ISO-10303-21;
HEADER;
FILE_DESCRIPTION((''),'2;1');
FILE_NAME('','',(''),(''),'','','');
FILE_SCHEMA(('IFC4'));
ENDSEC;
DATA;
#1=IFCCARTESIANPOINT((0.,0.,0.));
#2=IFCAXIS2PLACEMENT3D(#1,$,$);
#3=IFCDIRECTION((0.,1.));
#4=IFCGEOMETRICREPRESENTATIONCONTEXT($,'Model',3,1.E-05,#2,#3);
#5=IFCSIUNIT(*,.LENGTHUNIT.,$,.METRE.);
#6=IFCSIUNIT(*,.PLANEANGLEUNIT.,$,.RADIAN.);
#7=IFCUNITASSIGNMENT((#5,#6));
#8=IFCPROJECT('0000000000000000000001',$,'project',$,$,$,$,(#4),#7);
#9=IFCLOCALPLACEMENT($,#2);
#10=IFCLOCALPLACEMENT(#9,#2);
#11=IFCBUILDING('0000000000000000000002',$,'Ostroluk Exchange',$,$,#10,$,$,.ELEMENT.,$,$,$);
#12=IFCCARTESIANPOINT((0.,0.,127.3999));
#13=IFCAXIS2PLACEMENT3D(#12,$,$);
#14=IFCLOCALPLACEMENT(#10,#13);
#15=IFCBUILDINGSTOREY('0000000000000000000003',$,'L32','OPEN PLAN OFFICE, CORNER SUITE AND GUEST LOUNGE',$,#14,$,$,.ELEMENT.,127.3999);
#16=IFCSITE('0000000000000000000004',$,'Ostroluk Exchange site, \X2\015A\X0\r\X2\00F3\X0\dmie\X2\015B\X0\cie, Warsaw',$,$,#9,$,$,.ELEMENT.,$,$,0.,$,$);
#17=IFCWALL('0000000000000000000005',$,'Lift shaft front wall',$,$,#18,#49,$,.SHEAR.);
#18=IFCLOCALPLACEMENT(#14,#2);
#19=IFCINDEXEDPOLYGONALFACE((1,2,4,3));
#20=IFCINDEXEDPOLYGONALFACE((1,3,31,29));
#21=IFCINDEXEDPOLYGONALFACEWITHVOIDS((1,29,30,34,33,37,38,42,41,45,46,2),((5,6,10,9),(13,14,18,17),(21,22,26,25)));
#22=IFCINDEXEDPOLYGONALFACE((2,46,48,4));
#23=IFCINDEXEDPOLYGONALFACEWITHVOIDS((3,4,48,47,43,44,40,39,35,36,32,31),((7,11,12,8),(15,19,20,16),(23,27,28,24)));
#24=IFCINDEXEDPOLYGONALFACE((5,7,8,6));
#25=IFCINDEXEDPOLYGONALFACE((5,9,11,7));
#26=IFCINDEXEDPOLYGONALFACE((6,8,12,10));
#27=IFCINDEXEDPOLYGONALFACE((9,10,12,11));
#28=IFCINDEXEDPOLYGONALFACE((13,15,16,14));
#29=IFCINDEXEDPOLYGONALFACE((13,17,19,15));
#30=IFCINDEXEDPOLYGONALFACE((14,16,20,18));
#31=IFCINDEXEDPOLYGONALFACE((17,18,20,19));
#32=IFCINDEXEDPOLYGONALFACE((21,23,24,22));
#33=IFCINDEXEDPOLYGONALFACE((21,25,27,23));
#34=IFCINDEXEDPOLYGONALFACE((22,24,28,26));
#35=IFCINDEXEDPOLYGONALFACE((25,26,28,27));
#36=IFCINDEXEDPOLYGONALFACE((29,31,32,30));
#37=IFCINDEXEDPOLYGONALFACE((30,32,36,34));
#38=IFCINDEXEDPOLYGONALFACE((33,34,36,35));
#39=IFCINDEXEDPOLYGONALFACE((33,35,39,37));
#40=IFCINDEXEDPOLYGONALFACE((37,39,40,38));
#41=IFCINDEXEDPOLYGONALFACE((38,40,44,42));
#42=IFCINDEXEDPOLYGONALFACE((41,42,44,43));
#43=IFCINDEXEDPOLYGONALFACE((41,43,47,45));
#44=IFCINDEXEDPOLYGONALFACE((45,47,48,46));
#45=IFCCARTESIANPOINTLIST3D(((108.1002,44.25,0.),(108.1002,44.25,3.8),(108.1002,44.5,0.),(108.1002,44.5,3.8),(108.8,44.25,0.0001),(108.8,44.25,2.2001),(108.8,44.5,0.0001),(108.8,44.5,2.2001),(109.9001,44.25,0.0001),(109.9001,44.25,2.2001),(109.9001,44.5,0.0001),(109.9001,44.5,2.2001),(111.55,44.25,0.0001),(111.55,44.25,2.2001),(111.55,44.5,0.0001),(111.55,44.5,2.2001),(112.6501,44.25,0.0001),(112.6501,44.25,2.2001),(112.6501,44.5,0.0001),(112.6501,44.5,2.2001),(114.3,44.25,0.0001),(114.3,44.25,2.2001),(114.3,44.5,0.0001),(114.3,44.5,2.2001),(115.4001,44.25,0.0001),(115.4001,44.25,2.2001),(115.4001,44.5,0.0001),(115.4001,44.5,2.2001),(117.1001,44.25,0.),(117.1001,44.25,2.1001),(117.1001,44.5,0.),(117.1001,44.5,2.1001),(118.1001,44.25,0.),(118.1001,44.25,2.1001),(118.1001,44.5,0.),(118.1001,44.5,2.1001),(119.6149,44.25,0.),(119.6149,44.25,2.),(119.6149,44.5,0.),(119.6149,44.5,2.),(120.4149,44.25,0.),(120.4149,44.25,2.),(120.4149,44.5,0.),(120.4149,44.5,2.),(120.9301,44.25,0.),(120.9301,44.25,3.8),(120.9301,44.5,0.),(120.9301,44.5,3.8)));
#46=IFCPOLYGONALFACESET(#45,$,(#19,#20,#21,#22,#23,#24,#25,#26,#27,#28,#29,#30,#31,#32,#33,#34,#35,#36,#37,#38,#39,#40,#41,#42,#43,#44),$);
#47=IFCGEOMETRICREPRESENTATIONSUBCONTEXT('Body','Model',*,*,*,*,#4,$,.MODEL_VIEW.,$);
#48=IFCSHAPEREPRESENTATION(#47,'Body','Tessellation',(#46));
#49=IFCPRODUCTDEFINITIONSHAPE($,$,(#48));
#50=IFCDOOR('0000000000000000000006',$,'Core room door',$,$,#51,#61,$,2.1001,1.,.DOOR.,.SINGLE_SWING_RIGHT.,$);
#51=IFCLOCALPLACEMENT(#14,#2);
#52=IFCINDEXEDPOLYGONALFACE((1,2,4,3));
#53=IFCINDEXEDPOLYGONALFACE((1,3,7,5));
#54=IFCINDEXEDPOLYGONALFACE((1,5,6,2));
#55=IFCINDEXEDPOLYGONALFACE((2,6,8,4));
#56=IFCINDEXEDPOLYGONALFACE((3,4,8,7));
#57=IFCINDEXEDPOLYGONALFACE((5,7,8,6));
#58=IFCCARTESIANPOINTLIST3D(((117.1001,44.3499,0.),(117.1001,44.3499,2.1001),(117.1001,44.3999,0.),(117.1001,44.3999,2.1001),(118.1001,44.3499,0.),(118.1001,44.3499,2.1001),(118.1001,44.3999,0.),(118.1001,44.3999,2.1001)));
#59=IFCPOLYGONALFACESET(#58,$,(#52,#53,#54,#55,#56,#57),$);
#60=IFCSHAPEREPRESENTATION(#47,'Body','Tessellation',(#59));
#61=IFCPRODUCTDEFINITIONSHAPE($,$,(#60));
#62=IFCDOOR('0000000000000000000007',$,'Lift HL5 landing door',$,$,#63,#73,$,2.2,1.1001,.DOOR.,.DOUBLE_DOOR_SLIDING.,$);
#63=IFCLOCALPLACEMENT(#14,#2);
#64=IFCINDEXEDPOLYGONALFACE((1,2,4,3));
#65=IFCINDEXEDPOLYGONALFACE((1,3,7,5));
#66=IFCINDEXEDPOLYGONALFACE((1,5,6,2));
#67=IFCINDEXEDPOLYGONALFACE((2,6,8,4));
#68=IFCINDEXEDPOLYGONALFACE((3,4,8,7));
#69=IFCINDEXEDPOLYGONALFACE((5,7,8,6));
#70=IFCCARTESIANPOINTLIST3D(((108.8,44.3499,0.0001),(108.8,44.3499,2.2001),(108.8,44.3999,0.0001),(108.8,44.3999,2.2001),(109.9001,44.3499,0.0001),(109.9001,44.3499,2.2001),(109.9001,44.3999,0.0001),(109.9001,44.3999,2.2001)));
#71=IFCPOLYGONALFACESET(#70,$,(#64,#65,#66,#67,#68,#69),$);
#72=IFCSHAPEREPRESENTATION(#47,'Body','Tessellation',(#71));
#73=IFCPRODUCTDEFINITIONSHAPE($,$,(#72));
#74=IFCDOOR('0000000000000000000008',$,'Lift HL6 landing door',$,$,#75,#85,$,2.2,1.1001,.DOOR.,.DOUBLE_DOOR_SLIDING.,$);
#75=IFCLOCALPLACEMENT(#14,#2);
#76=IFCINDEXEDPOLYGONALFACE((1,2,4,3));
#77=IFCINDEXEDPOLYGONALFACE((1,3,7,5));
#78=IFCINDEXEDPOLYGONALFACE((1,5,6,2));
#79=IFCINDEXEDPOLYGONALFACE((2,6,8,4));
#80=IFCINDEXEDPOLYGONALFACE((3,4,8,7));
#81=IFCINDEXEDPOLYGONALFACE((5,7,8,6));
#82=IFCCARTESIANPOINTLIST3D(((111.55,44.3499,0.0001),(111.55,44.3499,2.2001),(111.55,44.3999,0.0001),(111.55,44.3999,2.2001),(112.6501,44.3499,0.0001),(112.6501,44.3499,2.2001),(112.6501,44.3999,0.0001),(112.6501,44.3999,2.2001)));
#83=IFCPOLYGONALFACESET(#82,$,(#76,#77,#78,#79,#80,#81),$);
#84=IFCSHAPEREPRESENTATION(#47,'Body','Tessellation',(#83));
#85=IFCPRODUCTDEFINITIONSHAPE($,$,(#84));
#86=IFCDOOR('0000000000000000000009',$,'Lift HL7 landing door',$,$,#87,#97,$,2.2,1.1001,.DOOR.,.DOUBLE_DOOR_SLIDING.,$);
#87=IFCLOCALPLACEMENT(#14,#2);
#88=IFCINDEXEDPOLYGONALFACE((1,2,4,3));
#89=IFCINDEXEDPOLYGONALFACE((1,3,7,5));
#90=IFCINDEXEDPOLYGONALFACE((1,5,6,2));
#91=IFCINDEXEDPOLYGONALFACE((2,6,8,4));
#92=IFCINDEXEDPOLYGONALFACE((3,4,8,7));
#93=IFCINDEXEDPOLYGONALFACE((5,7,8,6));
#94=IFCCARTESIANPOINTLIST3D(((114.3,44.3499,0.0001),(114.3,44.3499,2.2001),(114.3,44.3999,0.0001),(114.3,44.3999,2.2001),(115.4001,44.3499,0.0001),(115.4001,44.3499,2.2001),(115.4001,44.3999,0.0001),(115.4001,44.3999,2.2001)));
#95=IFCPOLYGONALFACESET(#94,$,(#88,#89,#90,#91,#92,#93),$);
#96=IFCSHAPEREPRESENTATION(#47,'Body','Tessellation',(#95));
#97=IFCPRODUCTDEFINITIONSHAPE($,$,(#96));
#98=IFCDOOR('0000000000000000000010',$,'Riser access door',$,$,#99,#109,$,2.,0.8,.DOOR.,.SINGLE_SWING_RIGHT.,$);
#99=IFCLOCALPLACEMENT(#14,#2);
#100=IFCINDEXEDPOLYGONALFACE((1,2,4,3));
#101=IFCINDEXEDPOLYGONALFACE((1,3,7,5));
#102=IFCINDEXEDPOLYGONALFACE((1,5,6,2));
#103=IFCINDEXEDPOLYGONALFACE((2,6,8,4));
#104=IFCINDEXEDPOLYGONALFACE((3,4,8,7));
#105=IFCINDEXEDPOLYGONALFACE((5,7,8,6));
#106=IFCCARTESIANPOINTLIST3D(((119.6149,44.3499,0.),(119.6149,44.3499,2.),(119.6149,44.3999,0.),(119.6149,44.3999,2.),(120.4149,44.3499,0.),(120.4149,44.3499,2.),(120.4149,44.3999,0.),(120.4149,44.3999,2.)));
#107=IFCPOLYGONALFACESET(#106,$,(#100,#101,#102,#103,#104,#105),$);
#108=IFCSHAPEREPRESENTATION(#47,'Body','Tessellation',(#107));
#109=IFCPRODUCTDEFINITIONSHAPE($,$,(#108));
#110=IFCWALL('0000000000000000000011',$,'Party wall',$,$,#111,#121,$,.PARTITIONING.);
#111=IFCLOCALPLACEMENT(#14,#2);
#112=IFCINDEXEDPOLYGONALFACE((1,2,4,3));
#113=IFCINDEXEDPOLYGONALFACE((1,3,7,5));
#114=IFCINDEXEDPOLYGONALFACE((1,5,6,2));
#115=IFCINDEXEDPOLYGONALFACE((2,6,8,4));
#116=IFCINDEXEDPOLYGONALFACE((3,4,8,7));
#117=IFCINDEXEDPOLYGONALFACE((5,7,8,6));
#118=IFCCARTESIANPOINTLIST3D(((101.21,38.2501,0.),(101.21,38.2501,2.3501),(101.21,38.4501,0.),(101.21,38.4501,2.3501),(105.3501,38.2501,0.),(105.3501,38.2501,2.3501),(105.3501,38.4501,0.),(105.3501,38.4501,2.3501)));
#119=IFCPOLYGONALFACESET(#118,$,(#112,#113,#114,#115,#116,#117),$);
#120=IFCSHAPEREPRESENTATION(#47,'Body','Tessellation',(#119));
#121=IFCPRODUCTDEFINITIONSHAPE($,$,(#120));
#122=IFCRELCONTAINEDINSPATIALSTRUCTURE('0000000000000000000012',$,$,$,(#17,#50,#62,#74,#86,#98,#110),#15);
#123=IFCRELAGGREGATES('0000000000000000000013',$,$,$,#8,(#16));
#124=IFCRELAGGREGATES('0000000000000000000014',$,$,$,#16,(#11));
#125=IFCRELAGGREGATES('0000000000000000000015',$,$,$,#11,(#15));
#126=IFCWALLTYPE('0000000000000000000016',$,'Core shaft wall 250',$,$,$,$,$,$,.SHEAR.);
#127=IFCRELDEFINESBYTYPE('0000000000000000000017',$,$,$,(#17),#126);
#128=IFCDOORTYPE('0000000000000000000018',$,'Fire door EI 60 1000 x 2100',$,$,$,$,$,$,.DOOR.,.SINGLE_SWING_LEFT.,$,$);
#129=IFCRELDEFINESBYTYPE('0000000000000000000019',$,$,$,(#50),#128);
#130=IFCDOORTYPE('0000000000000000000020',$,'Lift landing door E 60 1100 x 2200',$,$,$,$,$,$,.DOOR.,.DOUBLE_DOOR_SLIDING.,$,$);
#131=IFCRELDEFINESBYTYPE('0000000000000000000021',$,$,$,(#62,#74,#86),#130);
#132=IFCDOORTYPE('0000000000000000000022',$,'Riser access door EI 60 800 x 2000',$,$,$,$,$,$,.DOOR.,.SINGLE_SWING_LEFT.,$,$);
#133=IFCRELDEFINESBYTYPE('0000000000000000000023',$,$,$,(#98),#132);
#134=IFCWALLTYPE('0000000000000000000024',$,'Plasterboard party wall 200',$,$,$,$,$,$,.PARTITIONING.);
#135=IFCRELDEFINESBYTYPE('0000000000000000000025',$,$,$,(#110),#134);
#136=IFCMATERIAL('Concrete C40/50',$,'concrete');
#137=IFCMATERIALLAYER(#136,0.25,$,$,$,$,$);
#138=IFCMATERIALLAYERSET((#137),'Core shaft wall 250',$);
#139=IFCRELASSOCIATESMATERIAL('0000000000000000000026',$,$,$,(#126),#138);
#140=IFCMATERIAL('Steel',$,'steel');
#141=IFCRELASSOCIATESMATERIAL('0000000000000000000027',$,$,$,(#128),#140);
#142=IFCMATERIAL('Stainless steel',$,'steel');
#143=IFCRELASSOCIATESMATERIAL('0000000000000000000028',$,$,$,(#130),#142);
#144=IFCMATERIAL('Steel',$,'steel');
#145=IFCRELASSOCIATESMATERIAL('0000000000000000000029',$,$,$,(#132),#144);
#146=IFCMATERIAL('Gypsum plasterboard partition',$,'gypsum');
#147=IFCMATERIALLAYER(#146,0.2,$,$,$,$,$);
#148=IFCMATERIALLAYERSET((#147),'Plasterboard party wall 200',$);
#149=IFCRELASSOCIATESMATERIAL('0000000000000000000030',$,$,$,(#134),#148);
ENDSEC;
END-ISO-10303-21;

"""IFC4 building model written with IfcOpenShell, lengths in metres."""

from ifc_helpers import new_model, si_unit, direction, frame, frame_2d, origin, place, context, subcontext, project, spatial, rectangle, extrude, material, layer, layer_set, type_object, element, fill, save


model = new_model("IFC4")

# Units and contexts
model_context = context("Model", 3, precision=1e-05, world=origin(), true_north=direction((0.0, 1.0)))
body_context = subcontext(model_context, "Body", "Model", "MODEL_VIEW")
ifc_project = project(units=[si_unit("LENGTHUNIT", "METRE"), si_unit("PLANEANGLEUNIT", "RADIAN")], contexts=[model_context])

# Site, building, storey
site_placement = place(None, origin())
site = spatial("IfcSite", under=ifc_project, at=site_placement, Name="Ostroluk Exchange site, Śródmieście, Warsaw", CompositionType="ELEMENT", RefElevation=0.0)
building_placement = place(site_placement, origin())
building = spatial("IfcBuilding", under=site, at=building_placement, Name="Ostroluk Exchange", CompositionType="ELEMENT")
storey_placement = place(building_placement, frame((0.0, 0.0, 127.3999)))
storey = spatial("IfcBuildingStorey", under=building, at=storey_placement, Name="L32", Description="OPEN PLAN OFFICE, CORNER SUITE AND GUEST LOUNGE", CompositionType="ELEMENT", Elevation=127.3999)

# Shared definitions
ifc_material_1 = material(Name="Concrete C40/50", Category="concrete")
ifc_layer_1 = layer(ifc_material_1, 0.25)
ifc_layer_set_1 = layer_set([ifc_layer_1], Name="Core shaft wall 250")
wall_type_1 = type_object("IfcWallType", Name="Core shaft wall 250", PredefinedType="SHEAR", material=ifc_layer_set_1)

# Wall, openings, doors
wall_1_placement = place(storey_placement, frame((108.1001, 44.375, 0.0), z_axis=(0.0, 0.0, 1.0), x_axis=(1.0, 0.0, 0.0)))
wall_1 = element("IfcWall", 1, at=wall_1_placement, inside=storey, type_object=wall_type_1, Name="Lift shaft front wall", PredefinedType="SHEAR", context=body_context, shape_type="SweptSolid", body=[
    extrude(rectangle(XDim=12.8298, YDim=0.25, at=frame_2d((6.415, 0.0))), origin(), (0.0, 0.0, 1.0), 3.8),
])
opening_1_placement = place(wall_1_placement, frame((0.7, 0.0, 0.0)))
opening_1 = element("IfcOpeningElement", 2, at=opening_1_placement, cuts=wall_1, PredefinedType="OPENING", context=body_context, shape_type="SweptSolid", body=[
    extrude(rectangle(XDim=1.1001, YDim=2.2, at=frame_2d((0.55, 1.1001))), frame((0.0, 0.135, 0.0), z_axis=(0.0, -1.0, 0.0), x_axis=(1.0, 0.0, 0.0)), (0.0, 0.0, 1.0), 0.27),
])
opening_2_placement = place(wall_1_placement, frame((3.45, 0.0, 0.0)))
opening_2 = element("IfcOpeningElement", 3, at=opening_2_placement, cuts=wall_1, PredefinedType="OPENING", context=body_context, shape_type="SweptSolid", body=[
    extrude(rectangle(XDim=1.1001, YDim=2.2, at=frame_2d((0.55, 1.1001))), frame((0.0, 0.135, 0.0), z_axis=(0.0, -1.0, 0.0), x_axis=(1.0, 0.0, 0.0)), (0.0, 0.0, 1.0), 0.27),
])
opening_3_placement = place(wall_1_placement, frame((6.2, 0.0, 0.0)))
opening_3 = element("IfcOpeningElement", 4, at=opening_3_placement, cuts=wall_1, PredefinedType="OPENING", context=body_context, shape_type="SweptSolid", body=[
    extrude(rectangle(XDim=1.1001, YDim=2.2, at=frame_2d((0.55, 1.1001))), frame((0.0, 0.135, 0.0), z_axis=(0.0, -1.0, 0.0), x_axis=(1.0, 0.0, 0.0)), (0.0, 0.0, 1.0), 0.27),
])
opening_4_placement = place(wall_1_placement, frame((9.0, 0.0, 0.0)))
opening_4 = element("IfcOpeningElement", 5, at=opening_4_placement, cuts=wall_1, PredefinedType="OPENING", context=body_context, shape_type="SweptSolid", body=[
    extrude(rectangle(XDim=1.0, YDim=2.1001, at=frame_2d((0.5, 1.05))), frame((0.0, 0.135, 0.0), z_axis=(0.0, -1.0, 0.0), x_axis=(1.0, 0.0, 0.0)), (0.0, 0.0, 1.0), 0.27),
])
opening_5_placement = place(wall_1_placement, frame((11.5149, 0.0, 0.0)))
opening_5 = element("IfcOpeningElement", 6, at=opening_5_placement, cuts=wall_1, PredefinedType="OPENING", context=body_context, shape_type="SweptSolid", body=[
    extrude(rectangle(XDim=0.8, YDim=2.0, at=frame_2d((0.3999, 1.0))), frame((0.0, 0.135, 0.0), z_axis=(0.0, -1.0, 0.0), x_axis=(1.0, 0.0, 0.0)), (0.0, 0.0, 1.0), 0.27),
])
ifc_material_2 = material(Name="Steel", Category="steel")
door_type_1 = type_object("IfcDoorType", Name="Fire door EI 60 1000 x 2100", OperationType="SINGLE_SWING_LEFT", PredefinedType="DOOR", material=ifc_material_2)
door_1_placement = place(opening_4_placement, origin())
door_1 = element("IfcDoor", 7, at=door_1_placement, inside=storey, type_object=door_type_1, Name="Core room door", OperationType="SINGLE_SWING_RIGHT", OverallHeight=2.1001, OverallWidth=1.0, PredefinedType="DOOR", context=body_context, shape_type="SweptSolid", body=[
    extrude(rectangle(XDim=1.0, YDim=2.1001, at=frame_2d((0.5, 1.05))), frame((0.0, 0.0249, 0.0), z_axis=(0.0, -1.0, 0.0), x_axis=(1.0, 0.0, 0.0)), (0.0, 0.0, 1.0), 0.05),
])
fill(opening_4, door_1)
ifc_material_3 = material(Name="Stainless steel", Category="steel")
door_type_2 = type_object("IfcDoorType", Name="Lift landing door E 60 1100 x 2200", OperationType="DOUBLE_DOOR_SLIDING", PredefinedType="DOOR", material=ifc_material_3)
door_2_placement = place(opening_1_placement, origin())
door_2 = element("IfcDoor", 8, at=door_2_placement, inside=storey, type_object=door_type_2, Name="Lift HL5 landing door", OperationType="DOUBLE_DOOR_SLIDING", OverallHeight=2.2, OverallWidth=1.1001, PredefinedType="DOOR", context=body_context, shape_type="SweptSolid", body=[
    extrude(rectangle(XDim=1.1001, YDim=2.2, at=frame_2d((0.55, 1.1001))), frame((0.0, 0.0249, 0.0), z_axis=(0.0, -1.0, 0.0), x_axis=(1.0, 0.0, 0.0)), (0.0, 0.0, 1.0), 0.05),
])
fill(opening_1, door_2)
door_3_placement = place(opening_2_placement, origin())
door_3 = element("IfcDoor", 9, at=door_3_placement, inside=storey, type_object=door_type_2, Name="Lift HL6 landing door", OperationType="DOUBLE_DOOR_SLIDING", OverallHeight=2.2, OverallWidth=1.1001, PredefinedType="DOOR", context=body_context, shape_type="SweptSolid", body=[
    extrude(rectangle(XDim=1.1001, YDim=2.2, at=frame_2d((0.55, 1.1001))), frame((0.0, 0.0249, 0.0), z_axis=(0.0, -1.0, 0.0), x_axis=(1.0, 0.0, 0.0)), (0.0, 0.0, 1.0), 0.05),
])
fill(opening_2, door_3)
door_4_placement = place(opening_3_placement, origin())
door_4 = element("IfcDoor", 10, at=door_4_placement, inside=storey, type_object=door_type_2, Name="Lift HL7 landing door", OperationType="DOUBLE_DOOR_SLIDING", OverallHeight=2.2, OverallWidth=1.1001, PredefinedType="DOOR", context=body_context, shape_type="SweptSolid", body=[
    extrude(rectangle(XDim=1.1001, YDim=2.2, at=frame_2d((0.55, 1.1001))), frame((0.0, 0.0249, 0.0), z_axis=(0.0, -1.0, 0.0), x_axis=(1.0, 0.0, 0.0)), (0.0, 0.0, 1.0), 0.05),
])
fill(opening_3, door_4)
ifc_material_4 = material(Name="Steel", Category="steel")
door_type_3 = type_object("IfcDoorType", Name="Riser access door EI 60 800 x 2000", OperationType="SINGLE_SWING_LEFT", PredefinedType="DOOR", material=ifc_material_4)
door_5_placement = place(opening_5_placement, origin())
door_5 = element("IfcDoor", 11, at=door_5_placement, inside=storey, type_object=door_type_3, Name="Riser access door", OperationType="SINGLE_SWING_RIGHT", OverallHeight=2.0, OverallWidth=0.8, PredefinedType="DOOR", context=body_context, shape_type="SweptSolid", body=[
    extrude(rectangle(XDim=0.8, YDim=2.0, at=frame_2d((0.3999, 1.0))), frame((0.0, 0.0249, 0.0), z_axis=(0.0, -1.0, 0.0), x_axis=(1.0, 0.0, 0.0)), (0.0, 0.0, 1.0), 0.05),
])
fill(opening_5, door_5)

# Wall
ifc_material_5 = material(Name="Gypsum plasterboard partition", Category="gypsum")
ifc_layer_2 = layer(ifc_material_5, 0.2)
ifc_layer_set_2 = layer_set([ifc_layer_2], Name="Plasterboard party wall 200")
wall_type_2 = type_object("IfcWallType", Name="Plasterboard party wall 200", PredefinedType="PARTITIONING", material=ifc_layer_set_2)
wall_2_placement = place(storey_placement, frame((105.3501, 38.3501, 0.0), z_axis=(0.0, 0.0, 1.0), x_axis=(-1.0, 0.0, 0.0)))
element("IfcWall", 12, at=wall_2_placement, inside=storey, type_object=wall_type_2, Name="Party wall", PredefinedType="PARTITIONING", context=body_context, shape_type="SweptSolid", body=[
    extrude(rectangle(XDim=4.1401, YDim=0.2, at=frame_2d((2.0701, 0.0))), origin(), (0.0, 0.0, 1.0), 2.3501),
])

save(model, "model.ifc")
